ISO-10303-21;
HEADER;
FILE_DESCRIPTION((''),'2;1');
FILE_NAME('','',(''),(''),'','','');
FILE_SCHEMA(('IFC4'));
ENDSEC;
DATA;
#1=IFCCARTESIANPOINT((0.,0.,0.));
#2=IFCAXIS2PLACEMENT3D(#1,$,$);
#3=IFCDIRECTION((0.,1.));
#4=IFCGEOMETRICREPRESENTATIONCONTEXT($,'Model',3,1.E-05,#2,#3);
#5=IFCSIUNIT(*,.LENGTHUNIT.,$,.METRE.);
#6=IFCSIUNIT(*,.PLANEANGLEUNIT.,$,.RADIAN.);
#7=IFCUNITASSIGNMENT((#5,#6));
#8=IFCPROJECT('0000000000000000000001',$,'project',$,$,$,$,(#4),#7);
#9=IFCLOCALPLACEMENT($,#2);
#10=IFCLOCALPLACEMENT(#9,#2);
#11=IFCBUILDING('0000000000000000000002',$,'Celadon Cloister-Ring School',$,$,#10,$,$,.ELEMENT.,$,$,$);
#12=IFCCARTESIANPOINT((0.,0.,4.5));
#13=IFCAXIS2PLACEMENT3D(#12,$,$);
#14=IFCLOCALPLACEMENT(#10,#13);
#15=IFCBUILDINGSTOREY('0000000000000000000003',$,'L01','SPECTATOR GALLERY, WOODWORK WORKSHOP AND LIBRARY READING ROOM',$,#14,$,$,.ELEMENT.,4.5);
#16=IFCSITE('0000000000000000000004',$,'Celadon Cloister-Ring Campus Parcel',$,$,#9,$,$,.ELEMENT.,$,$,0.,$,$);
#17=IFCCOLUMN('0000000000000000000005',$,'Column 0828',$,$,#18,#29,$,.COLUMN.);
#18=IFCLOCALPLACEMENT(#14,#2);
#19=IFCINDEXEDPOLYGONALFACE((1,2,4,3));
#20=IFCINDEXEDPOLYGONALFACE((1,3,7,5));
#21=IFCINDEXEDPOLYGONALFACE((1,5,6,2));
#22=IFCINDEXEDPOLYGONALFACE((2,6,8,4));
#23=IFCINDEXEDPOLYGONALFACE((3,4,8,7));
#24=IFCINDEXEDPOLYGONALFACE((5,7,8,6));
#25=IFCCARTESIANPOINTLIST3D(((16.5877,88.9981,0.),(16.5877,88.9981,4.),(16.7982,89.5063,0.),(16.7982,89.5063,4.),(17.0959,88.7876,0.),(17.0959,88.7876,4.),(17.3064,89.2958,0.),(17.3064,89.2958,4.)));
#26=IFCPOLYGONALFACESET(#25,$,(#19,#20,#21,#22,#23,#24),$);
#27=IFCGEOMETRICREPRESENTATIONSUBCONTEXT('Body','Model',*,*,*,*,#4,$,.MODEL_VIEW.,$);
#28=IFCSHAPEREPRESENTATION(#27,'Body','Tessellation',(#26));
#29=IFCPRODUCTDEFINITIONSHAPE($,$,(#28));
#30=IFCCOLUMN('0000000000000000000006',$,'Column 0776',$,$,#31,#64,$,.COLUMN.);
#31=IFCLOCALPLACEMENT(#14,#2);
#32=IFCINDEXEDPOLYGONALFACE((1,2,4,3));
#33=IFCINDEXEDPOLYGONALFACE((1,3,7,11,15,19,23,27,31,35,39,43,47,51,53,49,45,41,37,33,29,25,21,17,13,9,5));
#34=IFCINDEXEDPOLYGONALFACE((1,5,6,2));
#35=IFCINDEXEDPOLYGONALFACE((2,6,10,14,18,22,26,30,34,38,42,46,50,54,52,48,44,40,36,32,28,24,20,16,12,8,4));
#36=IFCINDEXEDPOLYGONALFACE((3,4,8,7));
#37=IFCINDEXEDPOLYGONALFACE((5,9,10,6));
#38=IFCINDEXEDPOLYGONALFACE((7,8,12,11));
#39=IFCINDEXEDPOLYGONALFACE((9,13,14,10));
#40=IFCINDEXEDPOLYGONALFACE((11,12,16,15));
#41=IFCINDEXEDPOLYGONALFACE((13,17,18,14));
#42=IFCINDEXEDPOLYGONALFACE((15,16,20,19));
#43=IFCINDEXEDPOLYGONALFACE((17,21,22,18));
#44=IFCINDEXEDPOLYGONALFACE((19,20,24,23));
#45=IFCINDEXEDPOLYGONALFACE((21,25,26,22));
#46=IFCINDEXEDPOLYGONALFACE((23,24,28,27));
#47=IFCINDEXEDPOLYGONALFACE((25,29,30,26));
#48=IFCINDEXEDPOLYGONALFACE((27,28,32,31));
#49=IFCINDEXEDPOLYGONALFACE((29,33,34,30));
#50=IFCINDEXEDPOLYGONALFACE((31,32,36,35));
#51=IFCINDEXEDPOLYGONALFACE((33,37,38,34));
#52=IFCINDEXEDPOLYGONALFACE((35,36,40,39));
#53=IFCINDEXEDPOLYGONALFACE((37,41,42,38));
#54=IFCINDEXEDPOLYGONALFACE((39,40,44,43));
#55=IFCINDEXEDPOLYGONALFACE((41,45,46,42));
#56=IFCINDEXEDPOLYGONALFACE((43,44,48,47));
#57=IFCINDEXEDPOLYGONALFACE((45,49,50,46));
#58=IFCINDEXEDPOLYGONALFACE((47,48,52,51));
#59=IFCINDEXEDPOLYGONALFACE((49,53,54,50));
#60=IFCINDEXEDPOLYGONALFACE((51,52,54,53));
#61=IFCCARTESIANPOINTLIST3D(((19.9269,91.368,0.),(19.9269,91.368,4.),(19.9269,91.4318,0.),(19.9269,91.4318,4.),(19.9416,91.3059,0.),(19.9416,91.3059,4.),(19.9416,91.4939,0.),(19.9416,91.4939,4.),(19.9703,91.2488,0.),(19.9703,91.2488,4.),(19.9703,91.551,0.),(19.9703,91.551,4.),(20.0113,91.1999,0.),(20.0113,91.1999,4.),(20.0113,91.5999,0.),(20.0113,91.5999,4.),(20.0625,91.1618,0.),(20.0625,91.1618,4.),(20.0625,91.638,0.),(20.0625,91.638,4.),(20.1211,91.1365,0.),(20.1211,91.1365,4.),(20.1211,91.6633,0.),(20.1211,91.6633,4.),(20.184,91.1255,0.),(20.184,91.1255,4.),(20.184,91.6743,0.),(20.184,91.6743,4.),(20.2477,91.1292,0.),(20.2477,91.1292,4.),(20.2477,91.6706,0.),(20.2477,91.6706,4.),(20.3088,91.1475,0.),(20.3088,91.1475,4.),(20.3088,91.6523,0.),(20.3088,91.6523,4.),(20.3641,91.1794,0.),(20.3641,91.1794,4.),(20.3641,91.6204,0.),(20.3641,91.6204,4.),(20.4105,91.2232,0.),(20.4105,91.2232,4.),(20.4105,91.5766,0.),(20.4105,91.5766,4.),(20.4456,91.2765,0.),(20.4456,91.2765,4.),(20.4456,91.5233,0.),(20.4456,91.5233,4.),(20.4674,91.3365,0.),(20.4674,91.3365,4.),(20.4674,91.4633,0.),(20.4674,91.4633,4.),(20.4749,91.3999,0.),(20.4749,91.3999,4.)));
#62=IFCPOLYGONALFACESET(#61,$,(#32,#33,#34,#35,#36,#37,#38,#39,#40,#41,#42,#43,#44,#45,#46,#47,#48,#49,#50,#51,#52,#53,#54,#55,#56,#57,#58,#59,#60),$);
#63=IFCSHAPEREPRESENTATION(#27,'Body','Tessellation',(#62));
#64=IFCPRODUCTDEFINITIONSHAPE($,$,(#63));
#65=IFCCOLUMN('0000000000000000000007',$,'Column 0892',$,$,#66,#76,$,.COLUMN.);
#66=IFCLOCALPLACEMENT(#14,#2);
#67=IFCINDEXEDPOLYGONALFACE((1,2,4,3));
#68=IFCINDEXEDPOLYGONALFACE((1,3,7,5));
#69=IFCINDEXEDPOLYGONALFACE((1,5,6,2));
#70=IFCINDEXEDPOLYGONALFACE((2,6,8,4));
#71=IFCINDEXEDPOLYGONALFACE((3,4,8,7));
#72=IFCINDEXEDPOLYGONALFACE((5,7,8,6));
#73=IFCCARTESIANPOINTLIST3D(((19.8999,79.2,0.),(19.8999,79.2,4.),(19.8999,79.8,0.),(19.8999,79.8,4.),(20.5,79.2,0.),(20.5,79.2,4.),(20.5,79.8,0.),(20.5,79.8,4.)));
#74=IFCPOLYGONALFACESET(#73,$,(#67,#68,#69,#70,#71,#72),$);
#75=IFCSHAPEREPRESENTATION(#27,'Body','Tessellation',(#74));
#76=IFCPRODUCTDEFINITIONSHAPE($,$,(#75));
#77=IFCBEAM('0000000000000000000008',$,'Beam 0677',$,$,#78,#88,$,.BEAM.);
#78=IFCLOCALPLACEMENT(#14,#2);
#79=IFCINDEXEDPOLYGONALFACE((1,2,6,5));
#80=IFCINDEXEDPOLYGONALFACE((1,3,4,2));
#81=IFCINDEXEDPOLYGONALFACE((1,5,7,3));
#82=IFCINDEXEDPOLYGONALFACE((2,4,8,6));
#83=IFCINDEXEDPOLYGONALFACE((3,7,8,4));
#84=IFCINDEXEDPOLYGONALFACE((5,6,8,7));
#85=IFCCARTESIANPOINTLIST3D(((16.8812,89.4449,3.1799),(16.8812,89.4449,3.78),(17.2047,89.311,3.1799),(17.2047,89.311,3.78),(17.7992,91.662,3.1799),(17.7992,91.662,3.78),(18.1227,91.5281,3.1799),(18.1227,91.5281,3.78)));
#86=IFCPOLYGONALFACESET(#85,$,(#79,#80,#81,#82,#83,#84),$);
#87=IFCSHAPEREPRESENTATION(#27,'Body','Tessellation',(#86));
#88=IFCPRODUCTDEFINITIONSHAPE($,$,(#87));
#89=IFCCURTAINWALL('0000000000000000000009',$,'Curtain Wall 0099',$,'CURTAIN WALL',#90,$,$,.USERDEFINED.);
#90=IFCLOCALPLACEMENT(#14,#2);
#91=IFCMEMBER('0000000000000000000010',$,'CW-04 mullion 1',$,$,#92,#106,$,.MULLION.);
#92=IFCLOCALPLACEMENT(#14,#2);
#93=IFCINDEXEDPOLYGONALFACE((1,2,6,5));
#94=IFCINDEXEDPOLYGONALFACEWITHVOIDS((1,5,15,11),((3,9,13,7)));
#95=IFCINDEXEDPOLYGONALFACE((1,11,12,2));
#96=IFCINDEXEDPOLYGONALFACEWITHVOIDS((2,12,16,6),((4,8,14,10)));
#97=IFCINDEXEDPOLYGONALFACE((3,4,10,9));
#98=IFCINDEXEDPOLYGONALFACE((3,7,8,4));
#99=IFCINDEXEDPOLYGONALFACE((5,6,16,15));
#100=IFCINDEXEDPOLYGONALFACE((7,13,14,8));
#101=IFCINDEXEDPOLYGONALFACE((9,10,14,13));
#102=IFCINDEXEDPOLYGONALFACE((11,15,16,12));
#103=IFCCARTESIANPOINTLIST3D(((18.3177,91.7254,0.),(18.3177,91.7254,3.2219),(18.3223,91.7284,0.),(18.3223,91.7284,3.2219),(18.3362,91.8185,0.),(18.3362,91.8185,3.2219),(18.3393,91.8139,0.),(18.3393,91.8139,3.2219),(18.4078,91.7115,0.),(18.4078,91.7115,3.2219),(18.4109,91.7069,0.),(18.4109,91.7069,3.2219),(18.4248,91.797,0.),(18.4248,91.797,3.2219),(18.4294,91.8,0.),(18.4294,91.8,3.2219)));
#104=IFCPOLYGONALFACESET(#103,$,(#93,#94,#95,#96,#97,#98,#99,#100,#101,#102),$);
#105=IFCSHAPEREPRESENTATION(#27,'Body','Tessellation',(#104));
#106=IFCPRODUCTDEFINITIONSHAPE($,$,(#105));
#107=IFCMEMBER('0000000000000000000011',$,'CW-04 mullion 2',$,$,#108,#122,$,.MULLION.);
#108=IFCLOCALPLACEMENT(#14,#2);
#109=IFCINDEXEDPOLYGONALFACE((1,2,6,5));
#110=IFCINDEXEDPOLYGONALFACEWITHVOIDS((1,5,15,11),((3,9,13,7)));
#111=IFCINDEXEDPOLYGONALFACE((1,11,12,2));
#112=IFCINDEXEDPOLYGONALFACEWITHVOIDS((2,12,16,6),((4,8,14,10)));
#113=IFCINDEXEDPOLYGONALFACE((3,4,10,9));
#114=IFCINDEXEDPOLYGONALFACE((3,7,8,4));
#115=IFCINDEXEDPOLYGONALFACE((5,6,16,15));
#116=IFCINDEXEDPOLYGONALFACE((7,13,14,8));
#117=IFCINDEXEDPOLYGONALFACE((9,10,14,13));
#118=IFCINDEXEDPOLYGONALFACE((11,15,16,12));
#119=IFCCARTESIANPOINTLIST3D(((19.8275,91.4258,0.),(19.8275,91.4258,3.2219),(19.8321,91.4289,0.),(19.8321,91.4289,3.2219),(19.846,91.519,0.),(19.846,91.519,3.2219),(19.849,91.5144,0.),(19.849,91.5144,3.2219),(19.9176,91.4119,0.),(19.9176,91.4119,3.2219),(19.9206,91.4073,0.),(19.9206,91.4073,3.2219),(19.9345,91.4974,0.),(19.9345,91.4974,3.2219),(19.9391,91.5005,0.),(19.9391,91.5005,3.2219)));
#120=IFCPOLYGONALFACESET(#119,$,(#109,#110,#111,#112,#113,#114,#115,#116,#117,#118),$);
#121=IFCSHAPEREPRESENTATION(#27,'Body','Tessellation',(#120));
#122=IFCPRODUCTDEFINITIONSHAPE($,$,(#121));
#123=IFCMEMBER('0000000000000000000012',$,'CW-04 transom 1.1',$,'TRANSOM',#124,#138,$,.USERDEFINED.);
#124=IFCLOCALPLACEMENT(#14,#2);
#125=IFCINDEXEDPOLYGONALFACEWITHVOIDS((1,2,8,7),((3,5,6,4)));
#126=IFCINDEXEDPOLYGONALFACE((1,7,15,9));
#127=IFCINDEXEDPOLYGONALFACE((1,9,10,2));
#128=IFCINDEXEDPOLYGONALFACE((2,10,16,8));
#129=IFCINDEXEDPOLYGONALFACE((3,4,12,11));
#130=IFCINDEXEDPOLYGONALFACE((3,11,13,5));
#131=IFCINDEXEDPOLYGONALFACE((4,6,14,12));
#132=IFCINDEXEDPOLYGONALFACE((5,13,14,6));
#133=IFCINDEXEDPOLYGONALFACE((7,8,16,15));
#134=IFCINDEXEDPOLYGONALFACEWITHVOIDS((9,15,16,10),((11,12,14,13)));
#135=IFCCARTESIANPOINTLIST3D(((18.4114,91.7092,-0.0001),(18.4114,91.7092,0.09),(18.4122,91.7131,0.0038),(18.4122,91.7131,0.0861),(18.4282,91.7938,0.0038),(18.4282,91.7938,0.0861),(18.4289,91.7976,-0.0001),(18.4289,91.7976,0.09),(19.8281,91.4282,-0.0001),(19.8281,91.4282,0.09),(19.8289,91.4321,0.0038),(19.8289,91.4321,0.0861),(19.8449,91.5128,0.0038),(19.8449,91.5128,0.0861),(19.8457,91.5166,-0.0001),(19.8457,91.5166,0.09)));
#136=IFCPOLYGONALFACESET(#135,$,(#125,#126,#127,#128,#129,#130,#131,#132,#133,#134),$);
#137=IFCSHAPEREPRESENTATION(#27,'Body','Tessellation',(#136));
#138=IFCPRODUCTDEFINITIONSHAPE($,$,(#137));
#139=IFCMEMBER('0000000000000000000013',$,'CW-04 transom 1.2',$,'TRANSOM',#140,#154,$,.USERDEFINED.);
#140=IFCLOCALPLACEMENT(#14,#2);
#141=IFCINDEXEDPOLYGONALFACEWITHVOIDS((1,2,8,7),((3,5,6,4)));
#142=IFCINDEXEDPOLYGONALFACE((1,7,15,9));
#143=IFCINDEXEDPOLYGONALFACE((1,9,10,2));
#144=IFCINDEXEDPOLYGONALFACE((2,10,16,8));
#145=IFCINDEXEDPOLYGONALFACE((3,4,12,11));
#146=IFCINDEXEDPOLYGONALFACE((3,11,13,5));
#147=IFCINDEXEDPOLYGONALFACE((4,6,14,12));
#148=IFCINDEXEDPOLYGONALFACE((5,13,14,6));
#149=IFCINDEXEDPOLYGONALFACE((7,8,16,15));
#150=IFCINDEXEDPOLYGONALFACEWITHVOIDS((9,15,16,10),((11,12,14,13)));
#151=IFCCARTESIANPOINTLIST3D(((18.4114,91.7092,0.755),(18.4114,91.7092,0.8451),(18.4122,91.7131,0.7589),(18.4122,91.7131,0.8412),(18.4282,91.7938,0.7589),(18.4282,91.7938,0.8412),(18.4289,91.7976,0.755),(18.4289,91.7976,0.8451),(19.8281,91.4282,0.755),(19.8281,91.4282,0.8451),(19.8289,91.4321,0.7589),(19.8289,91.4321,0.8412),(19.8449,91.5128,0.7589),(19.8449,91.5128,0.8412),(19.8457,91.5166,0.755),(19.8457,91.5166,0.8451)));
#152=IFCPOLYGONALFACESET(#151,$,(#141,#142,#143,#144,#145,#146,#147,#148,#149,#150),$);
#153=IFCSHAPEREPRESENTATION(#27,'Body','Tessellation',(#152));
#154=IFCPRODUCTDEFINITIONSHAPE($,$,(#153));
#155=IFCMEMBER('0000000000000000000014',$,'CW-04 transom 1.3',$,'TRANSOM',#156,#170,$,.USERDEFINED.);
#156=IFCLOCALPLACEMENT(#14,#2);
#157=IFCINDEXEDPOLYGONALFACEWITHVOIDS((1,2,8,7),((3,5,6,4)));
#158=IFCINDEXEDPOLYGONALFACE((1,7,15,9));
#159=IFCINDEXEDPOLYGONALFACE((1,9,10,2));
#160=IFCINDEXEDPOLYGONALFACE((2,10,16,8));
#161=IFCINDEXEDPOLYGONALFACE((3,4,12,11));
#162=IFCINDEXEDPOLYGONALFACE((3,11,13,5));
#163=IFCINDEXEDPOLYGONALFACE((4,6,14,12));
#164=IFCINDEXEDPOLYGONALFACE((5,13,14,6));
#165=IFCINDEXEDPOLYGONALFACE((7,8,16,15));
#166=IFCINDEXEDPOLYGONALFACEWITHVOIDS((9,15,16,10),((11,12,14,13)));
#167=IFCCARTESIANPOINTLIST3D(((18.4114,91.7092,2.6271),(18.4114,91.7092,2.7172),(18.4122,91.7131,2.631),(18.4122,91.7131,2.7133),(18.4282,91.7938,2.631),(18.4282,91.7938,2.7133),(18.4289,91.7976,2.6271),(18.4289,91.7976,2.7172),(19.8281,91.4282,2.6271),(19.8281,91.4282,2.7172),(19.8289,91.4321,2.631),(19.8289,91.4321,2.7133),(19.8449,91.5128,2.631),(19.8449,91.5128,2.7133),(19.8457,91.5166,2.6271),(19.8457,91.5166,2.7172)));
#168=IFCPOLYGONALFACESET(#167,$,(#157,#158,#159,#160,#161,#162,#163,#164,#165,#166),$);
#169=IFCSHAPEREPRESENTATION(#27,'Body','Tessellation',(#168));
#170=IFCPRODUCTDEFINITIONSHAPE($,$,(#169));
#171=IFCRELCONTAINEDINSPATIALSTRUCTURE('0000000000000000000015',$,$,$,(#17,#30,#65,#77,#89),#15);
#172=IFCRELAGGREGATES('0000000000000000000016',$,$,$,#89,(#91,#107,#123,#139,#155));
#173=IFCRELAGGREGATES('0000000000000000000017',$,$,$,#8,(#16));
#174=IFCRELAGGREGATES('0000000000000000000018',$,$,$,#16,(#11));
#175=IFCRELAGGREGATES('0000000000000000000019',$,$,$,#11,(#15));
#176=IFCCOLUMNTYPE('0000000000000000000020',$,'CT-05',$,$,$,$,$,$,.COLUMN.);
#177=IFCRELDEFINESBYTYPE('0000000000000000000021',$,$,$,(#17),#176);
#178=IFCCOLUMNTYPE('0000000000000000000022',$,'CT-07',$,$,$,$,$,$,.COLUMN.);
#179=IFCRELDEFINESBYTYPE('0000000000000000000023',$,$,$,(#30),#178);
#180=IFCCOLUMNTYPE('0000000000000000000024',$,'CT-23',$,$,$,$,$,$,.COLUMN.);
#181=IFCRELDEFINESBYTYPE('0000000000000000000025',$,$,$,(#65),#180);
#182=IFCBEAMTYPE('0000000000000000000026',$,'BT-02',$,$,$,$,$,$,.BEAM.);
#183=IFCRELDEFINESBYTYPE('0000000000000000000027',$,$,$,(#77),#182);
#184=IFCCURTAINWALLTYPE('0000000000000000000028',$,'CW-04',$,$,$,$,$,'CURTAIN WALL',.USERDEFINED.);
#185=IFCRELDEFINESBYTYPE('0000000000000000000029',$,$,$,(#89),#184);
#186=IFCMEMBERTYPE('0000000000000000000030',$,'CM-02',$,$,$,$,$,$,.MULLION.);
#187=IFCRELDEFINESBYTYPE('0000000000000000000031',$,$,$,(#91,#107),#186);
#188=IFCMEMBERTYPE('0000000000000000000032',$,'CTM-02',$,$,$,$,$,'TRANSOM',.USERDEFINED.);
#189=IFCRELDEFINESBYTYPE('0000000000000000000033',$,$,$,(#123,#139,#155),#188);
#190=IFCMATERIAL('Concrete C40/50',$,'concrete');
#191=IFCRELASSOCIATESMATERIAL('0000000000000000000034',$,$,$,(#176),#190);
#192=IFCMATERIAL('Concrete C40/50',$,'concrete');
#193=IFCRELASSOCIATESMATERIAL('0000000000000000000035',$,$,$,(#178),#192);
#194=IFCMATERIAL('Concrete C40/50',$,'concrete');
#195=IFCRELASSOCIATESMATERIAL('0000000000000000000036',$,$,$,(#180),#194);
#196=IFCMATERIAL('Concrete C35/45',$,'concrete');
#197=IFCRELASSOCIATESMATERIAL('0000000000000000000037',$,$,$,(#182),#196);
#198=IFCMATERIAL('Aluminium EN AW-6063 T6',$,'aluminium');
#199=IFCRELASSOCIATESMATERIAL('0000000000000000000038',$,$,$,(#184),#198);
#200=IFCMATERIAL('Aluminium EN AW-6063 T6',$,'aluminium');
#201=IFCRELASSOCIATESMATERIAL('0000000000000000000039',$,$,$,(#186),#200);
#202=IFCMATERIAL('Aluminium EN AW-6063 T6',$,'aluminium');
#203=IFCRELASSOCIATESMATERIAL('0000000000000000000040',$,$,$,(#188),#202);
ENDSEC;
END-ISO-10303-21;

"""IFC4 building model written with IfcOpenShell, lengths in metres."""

from ifc_helpers import new_model, si_unit, direction, frame, origin, origin_2d, place, context, subcontext, project, spatial, rectangle, hollow_rectangle, circle, extrude, material, material_profile, profile_set, type_object, element, aggregate, save


model = new_model("IFC4")

# Units and contexts
model_context = context("Model", 3, precision=1e-05, world=origin(), true_north=direction((0.0, 1.0)))
body_context = subcontext(model_context, "Body", "Model", "MODEL_VIEW")
ifc_project = project(units=[si_unit("LENGTHUNIT", "METRE"), si_unit("PLANEANGLEUNIT", "RADIAN")], contexts=[model_context])

# Site, building, storey
site_placement = place(None, origin())
site = spatial("IfcSite", under=ifc_project, at=site_placement, Name="Celadon Cloister-Ring Campus Parcel", CompositionType="ELEMENT", RefElevation=0.0)
building_placement = place(site_placement, origin())
building = spatial("IfcBuilding", under=site, at=building_placement, Name="Celadon Cloister-Ring School", CompositionType="ELEMENT")
storey_placement = place(building_placement, frame((0.0, 0.0, 4.5)))
storey = spatial("IfcBuildingStorey", under=building, at=storey_placement, Name="L01", Description="SPECTATOR GALLERY, WOODWORK WORKSHOP AND LIBRARY READING ROOM", CompositionType="ELEMENT", Elevation=4.5)

# Columns
ifc_material_1 = material(Name="Concrete C40/50", Category="concrete")
ifc_material_profile_1 = material_profile(ifc_material_1, rectangle(XDim=0.55, YDim=0.55, at=origin_2d()), Name="RC550X550")
ifc_profile_set_1 = profile_set([ifc_material_profile_1], Name="Concrete C40/50")
column_type_1 = type_object("IfcColumnType", Name="CT-05", PredefinedType="COLUMN", material=ifc_profile_set_1)
column_1_placement = place(storey_placement, frame((16.947, 89.147, 0.0), z_axis=(0.0, 0.0, 1.0), x_axis=(-0.382683, -0.92388, 0.0)))
element("IfcColumn", 1, at=column_1_placement, inside=storey, type_object=column_type_1, Name="Column 0828", PredefinedType="COLUMN", context=body_context, shape_type="SweptSolid", body=[
    extrude(rectangle(XDim=0.55, YDim=0.55, at=origin_2d()), origin(), (0.0, 0.0, 1.0), 4.0),
])
ifc_material_2 = material(Name="Concrete C40/50", Category="concrete")
ifc_material_profile_2 = material_profile(ifc_material_2, circle(Radius=0.2749, at=origin_2d()), Name="CIRC550")
ifc_profile_set_2 = profile_set([ifc_material_profile_2], Name="Concrete C40/50")
column_type_2 = type_object("IfcColumnType", Name="CT-07", PredefinedType="COLUMN", material=ifc_profile_set_2)
column_2_placement = place(storey_placement, frame((20.2, 91.3999, 0.0), z_axis=(0.0, 0.0, 1.0), x_axis=(1.0, 0.0, 0.0)))
element("IfcColumn", 2, at=column_2_placement, inside=storey, type_object=column_type_2, Name="Column 0776", PredefinedType="COLUMN", context=body_context, shape_type="SweptSolid", body=[
    extrude(circle(Radius=0.2749, at=origin_2d()), origin(), (0.0, 0.0, 1.0), 4.0),
])
ifc_material_3 = material(Name="Concrete C40/50", Category="concrete")
ifc_material_profile_3 = material_profile(ifc_material_3, rectangle(XDim=0.6001, YDim=0.6001, at=origin_2d()), Name="RC600X600")
ifc_profile_set_3 = profile_set([ifc_material_profile_3], Name="Concrete C40/50")
column_type_3 = type_object("IfcColumnType", Name="CT-23", PredefinedType="COLUMN", material=ifc_profile_set_3)
column_3_placement = place(storey_placement, frame((20.2, 79.5, 0.0), z_axis=(0.0, 0.0, 1.0), x_axis=(0.0, -1.0, 0.0)))
element("IfcColumn", 3, at=column_3_placement, inside=storey, type_object=column_type_3, Name="Column 0892", PredefinedType="COLUMN", context=body_context, shape_type="SweptSolid", body=[
    extrude(rectangle(XDim=0.6001, YDim=0.6001, at=origin_2d()), origin(), (0.0, 0.0, 1.0), 4.0),
])

# Beam
ifc_material_4 = material(Name="Concrete C35/45", Category="concrete")
ifc_material_profile_4 = material_profile(ifc_material_4, rectangle(XDim=0.3501, YDim=0.6001, at=origin_2d()), Name="RC350X600")
ifc_profile_set_4 = profile_set([ifc_material_profile_4], Name="Concrete C35/45")
beam_type_1 = type_object("IfcBeamType", Name="BT-02", PredefinedType="BEAM", material=ifc_profile_set_4)
beam_1_placement = place(storey_placement, frame((17.043, 89.3779, 3.48), z_axis=(0.382555, 0.923933, 0.0), x_axis=(-0.923933, 0.382555, 0.0)))
element("IfcBeam", 4, at=beam_1_placement, inside=storey, type_object=beam_type_1, Name="Beam 0677", PredefinedType="BEAM", context=body_context, shape_type="SweptSolid", body=[
    extrude(rectangle(XDim=0.3501, YDim=0.6001, at=origin_2d()), origin(), (0.0, 0.0, 1.0), 2.3997),
])

# Curtain wall, members
ifc_material_5 = material(Name="Aluminium EN AW-6063 T6", Category="aluminium")
curtain_wall_type = type_object("IfcCurtainWallType", Name="CW-04", ElementType="CURTAIN WALL", PredefinedType="USERDEFINED", material=ifc_material_5)
curtain_wall_placement = place(storey_placement, origin())
curtain_wall = element("IfcCurtainWall", 5, at=curtain_wall_placement, inside=storey, type_object=curtain_wall_type, Name="Curtain Wall 0099", ObjectType="CURTAIN WALL", PredefinedType="USERDEFINED")
ifc_material_6 = material(Name="Aluminium EN AW-6063 T6", Category="aluminium")
ifc_material_profile_5 = material_profile(ifc_material_6, hollow_rectangle(XDim=0.095, YDim=0.095, WallThickness=0.0039, at=origin_2d()), Name="RHS95X95X4")
ifc_profile_set_5 = profile_set([ifc_material_profile_5], Name="Aluminium EN AW-6063 T6")
member_type_1 = type_object("IfcMemberType", Name="CM-02", PredefinedType="MULLION", material=ifc_profile_set_5)
member_1_placement = place(storey_placement, frame((18.3735, 91.7627, 0.0), z_axis=(0.0, 0.0, 1.0), x_axis=(0.194586, 0.980885, 0.0)))
member_1 = element("IfcMember", 6, at=member_1_placement, type_object=member_type_1, Name="CW-04 mullion 1", PredefinedType="MULLION", context=body_context, shape_type="SweptSolid", body=[
    extrude(hollow_rectangle(XDim=0.095, YDim=0.095, WallThickness=0.0039, at=origin_2d()), origin(), (0.0, 0.0, 1.0), 3.2219),
])
member_2_placement = place(storey_placement, frame((19.8833, 91.4631, 0.0), z_axis=(0.0, 0.0, 1.0), x_axis=(0.194586, 0.980885, 0.0)))
member_2 = element("IfcMember", 7, at=member_2_placement, type_object=member_type_1, Name="CW-04 mullion 2", PredefinedType="MULLION", context=body_context, shape_type="SweptSolid", body=[
    extrude(hollow_rectangle(XDim=0.095, YDim=0.095, WallThickness=0.0039, at=origin_2d()), origin(), (0.0, 0.0, 1.0), 3.2219),
])
ifc_material_7 = material(Name="Aluminium EN AW-6063 T6", Category="aluminium")
ifc_material_profile_6 = material_profile(ifc_material_7, hollow_rectangle(XDim=0.0901, YDim=0.0901, WallThickness=0.0039, at=origin_2d()), Name="RHS90X90X4")
ifc_profile_set_6 = profile_set([ifc_material_profile_6], Name="Aluminium EN AW-6063 T6")
member_type_2 = type_object("IfcMemberType", Name="CTM-02", ElementType="TRANSOM", PredefinedType="USERDEFINED", material=ifc_profile_set_6)
member_3_placement = place(storey_placement, frame((18.4202, 91.7534, 0.0449), z_axis=(0.980891, -0.194556, 0.0), x_axis=(0.194556, 0.980891, 0.0)))
member_3 = element("IfcMember", 8, at=member_3_placement, type_object=member_type_2, Name="CW-04 transom 1.1", ObjectType="TRANSOM", PredefinedType="USERDEFINED", context=body_context, shape_type="SweptSolid", body=[
    extrude(hollow_rectangle(XDim=0.0901, YDim=0.0901, WallThickness=0.0039, at=origin_2d()), origin(), (0.0, 0.0, 1.0), 1.4443),
])
member_4_placement = place(storey_placement, frame((18.4202, 91.7534, 0.8), z_axis=(0.980891, -0.194556, 0.0), x_axis=(0.194556, 0.980891, 0.0)))
member_4 = element("IfcMember", 9, at=member_4_placement, type_object=member_type_2, Name="CW-04 transom 1.2", ObjectType="TRANSOM", PredefinedType="USERDEFINED", context=body_context, shape_type="SweptSolid", body=[
    extrude(hollow_rectangle(XDim=0.0901, YDim=0.0901, WallThickness=0.0039, at=origin_2d()), origin(), (0.0, 0.0, 1.0), 1.4443),
])
member_5_placement = place(storey_placement, frame((18.4202, 91.7534, 2.6721), z_axis=(0.980891, -0.194556, 0.0), x_axis=(0.194556, 0.980891, 0.0)))
member_5 = element("IfcMember", 10, at=member_5_placement, type_object=member_type_2, Name="CW-04 transom 1.3", ObjectType="TRANSOM", PredefinedType="USERDEFINED", context=body_context, shape_type="SweptSolid", body=[
    extrude(hollow_rectangle(XDim=0.0901, YDim=0.0901, WallThickness=0.0039, at=origin_2d()), origin(), (0.0, 0.0, 1.0), 1.4443),
])

aggregate(curtain_wall, [member_1, member_2, member_3, member_4, member_5])

save(model, "model.ifc")
